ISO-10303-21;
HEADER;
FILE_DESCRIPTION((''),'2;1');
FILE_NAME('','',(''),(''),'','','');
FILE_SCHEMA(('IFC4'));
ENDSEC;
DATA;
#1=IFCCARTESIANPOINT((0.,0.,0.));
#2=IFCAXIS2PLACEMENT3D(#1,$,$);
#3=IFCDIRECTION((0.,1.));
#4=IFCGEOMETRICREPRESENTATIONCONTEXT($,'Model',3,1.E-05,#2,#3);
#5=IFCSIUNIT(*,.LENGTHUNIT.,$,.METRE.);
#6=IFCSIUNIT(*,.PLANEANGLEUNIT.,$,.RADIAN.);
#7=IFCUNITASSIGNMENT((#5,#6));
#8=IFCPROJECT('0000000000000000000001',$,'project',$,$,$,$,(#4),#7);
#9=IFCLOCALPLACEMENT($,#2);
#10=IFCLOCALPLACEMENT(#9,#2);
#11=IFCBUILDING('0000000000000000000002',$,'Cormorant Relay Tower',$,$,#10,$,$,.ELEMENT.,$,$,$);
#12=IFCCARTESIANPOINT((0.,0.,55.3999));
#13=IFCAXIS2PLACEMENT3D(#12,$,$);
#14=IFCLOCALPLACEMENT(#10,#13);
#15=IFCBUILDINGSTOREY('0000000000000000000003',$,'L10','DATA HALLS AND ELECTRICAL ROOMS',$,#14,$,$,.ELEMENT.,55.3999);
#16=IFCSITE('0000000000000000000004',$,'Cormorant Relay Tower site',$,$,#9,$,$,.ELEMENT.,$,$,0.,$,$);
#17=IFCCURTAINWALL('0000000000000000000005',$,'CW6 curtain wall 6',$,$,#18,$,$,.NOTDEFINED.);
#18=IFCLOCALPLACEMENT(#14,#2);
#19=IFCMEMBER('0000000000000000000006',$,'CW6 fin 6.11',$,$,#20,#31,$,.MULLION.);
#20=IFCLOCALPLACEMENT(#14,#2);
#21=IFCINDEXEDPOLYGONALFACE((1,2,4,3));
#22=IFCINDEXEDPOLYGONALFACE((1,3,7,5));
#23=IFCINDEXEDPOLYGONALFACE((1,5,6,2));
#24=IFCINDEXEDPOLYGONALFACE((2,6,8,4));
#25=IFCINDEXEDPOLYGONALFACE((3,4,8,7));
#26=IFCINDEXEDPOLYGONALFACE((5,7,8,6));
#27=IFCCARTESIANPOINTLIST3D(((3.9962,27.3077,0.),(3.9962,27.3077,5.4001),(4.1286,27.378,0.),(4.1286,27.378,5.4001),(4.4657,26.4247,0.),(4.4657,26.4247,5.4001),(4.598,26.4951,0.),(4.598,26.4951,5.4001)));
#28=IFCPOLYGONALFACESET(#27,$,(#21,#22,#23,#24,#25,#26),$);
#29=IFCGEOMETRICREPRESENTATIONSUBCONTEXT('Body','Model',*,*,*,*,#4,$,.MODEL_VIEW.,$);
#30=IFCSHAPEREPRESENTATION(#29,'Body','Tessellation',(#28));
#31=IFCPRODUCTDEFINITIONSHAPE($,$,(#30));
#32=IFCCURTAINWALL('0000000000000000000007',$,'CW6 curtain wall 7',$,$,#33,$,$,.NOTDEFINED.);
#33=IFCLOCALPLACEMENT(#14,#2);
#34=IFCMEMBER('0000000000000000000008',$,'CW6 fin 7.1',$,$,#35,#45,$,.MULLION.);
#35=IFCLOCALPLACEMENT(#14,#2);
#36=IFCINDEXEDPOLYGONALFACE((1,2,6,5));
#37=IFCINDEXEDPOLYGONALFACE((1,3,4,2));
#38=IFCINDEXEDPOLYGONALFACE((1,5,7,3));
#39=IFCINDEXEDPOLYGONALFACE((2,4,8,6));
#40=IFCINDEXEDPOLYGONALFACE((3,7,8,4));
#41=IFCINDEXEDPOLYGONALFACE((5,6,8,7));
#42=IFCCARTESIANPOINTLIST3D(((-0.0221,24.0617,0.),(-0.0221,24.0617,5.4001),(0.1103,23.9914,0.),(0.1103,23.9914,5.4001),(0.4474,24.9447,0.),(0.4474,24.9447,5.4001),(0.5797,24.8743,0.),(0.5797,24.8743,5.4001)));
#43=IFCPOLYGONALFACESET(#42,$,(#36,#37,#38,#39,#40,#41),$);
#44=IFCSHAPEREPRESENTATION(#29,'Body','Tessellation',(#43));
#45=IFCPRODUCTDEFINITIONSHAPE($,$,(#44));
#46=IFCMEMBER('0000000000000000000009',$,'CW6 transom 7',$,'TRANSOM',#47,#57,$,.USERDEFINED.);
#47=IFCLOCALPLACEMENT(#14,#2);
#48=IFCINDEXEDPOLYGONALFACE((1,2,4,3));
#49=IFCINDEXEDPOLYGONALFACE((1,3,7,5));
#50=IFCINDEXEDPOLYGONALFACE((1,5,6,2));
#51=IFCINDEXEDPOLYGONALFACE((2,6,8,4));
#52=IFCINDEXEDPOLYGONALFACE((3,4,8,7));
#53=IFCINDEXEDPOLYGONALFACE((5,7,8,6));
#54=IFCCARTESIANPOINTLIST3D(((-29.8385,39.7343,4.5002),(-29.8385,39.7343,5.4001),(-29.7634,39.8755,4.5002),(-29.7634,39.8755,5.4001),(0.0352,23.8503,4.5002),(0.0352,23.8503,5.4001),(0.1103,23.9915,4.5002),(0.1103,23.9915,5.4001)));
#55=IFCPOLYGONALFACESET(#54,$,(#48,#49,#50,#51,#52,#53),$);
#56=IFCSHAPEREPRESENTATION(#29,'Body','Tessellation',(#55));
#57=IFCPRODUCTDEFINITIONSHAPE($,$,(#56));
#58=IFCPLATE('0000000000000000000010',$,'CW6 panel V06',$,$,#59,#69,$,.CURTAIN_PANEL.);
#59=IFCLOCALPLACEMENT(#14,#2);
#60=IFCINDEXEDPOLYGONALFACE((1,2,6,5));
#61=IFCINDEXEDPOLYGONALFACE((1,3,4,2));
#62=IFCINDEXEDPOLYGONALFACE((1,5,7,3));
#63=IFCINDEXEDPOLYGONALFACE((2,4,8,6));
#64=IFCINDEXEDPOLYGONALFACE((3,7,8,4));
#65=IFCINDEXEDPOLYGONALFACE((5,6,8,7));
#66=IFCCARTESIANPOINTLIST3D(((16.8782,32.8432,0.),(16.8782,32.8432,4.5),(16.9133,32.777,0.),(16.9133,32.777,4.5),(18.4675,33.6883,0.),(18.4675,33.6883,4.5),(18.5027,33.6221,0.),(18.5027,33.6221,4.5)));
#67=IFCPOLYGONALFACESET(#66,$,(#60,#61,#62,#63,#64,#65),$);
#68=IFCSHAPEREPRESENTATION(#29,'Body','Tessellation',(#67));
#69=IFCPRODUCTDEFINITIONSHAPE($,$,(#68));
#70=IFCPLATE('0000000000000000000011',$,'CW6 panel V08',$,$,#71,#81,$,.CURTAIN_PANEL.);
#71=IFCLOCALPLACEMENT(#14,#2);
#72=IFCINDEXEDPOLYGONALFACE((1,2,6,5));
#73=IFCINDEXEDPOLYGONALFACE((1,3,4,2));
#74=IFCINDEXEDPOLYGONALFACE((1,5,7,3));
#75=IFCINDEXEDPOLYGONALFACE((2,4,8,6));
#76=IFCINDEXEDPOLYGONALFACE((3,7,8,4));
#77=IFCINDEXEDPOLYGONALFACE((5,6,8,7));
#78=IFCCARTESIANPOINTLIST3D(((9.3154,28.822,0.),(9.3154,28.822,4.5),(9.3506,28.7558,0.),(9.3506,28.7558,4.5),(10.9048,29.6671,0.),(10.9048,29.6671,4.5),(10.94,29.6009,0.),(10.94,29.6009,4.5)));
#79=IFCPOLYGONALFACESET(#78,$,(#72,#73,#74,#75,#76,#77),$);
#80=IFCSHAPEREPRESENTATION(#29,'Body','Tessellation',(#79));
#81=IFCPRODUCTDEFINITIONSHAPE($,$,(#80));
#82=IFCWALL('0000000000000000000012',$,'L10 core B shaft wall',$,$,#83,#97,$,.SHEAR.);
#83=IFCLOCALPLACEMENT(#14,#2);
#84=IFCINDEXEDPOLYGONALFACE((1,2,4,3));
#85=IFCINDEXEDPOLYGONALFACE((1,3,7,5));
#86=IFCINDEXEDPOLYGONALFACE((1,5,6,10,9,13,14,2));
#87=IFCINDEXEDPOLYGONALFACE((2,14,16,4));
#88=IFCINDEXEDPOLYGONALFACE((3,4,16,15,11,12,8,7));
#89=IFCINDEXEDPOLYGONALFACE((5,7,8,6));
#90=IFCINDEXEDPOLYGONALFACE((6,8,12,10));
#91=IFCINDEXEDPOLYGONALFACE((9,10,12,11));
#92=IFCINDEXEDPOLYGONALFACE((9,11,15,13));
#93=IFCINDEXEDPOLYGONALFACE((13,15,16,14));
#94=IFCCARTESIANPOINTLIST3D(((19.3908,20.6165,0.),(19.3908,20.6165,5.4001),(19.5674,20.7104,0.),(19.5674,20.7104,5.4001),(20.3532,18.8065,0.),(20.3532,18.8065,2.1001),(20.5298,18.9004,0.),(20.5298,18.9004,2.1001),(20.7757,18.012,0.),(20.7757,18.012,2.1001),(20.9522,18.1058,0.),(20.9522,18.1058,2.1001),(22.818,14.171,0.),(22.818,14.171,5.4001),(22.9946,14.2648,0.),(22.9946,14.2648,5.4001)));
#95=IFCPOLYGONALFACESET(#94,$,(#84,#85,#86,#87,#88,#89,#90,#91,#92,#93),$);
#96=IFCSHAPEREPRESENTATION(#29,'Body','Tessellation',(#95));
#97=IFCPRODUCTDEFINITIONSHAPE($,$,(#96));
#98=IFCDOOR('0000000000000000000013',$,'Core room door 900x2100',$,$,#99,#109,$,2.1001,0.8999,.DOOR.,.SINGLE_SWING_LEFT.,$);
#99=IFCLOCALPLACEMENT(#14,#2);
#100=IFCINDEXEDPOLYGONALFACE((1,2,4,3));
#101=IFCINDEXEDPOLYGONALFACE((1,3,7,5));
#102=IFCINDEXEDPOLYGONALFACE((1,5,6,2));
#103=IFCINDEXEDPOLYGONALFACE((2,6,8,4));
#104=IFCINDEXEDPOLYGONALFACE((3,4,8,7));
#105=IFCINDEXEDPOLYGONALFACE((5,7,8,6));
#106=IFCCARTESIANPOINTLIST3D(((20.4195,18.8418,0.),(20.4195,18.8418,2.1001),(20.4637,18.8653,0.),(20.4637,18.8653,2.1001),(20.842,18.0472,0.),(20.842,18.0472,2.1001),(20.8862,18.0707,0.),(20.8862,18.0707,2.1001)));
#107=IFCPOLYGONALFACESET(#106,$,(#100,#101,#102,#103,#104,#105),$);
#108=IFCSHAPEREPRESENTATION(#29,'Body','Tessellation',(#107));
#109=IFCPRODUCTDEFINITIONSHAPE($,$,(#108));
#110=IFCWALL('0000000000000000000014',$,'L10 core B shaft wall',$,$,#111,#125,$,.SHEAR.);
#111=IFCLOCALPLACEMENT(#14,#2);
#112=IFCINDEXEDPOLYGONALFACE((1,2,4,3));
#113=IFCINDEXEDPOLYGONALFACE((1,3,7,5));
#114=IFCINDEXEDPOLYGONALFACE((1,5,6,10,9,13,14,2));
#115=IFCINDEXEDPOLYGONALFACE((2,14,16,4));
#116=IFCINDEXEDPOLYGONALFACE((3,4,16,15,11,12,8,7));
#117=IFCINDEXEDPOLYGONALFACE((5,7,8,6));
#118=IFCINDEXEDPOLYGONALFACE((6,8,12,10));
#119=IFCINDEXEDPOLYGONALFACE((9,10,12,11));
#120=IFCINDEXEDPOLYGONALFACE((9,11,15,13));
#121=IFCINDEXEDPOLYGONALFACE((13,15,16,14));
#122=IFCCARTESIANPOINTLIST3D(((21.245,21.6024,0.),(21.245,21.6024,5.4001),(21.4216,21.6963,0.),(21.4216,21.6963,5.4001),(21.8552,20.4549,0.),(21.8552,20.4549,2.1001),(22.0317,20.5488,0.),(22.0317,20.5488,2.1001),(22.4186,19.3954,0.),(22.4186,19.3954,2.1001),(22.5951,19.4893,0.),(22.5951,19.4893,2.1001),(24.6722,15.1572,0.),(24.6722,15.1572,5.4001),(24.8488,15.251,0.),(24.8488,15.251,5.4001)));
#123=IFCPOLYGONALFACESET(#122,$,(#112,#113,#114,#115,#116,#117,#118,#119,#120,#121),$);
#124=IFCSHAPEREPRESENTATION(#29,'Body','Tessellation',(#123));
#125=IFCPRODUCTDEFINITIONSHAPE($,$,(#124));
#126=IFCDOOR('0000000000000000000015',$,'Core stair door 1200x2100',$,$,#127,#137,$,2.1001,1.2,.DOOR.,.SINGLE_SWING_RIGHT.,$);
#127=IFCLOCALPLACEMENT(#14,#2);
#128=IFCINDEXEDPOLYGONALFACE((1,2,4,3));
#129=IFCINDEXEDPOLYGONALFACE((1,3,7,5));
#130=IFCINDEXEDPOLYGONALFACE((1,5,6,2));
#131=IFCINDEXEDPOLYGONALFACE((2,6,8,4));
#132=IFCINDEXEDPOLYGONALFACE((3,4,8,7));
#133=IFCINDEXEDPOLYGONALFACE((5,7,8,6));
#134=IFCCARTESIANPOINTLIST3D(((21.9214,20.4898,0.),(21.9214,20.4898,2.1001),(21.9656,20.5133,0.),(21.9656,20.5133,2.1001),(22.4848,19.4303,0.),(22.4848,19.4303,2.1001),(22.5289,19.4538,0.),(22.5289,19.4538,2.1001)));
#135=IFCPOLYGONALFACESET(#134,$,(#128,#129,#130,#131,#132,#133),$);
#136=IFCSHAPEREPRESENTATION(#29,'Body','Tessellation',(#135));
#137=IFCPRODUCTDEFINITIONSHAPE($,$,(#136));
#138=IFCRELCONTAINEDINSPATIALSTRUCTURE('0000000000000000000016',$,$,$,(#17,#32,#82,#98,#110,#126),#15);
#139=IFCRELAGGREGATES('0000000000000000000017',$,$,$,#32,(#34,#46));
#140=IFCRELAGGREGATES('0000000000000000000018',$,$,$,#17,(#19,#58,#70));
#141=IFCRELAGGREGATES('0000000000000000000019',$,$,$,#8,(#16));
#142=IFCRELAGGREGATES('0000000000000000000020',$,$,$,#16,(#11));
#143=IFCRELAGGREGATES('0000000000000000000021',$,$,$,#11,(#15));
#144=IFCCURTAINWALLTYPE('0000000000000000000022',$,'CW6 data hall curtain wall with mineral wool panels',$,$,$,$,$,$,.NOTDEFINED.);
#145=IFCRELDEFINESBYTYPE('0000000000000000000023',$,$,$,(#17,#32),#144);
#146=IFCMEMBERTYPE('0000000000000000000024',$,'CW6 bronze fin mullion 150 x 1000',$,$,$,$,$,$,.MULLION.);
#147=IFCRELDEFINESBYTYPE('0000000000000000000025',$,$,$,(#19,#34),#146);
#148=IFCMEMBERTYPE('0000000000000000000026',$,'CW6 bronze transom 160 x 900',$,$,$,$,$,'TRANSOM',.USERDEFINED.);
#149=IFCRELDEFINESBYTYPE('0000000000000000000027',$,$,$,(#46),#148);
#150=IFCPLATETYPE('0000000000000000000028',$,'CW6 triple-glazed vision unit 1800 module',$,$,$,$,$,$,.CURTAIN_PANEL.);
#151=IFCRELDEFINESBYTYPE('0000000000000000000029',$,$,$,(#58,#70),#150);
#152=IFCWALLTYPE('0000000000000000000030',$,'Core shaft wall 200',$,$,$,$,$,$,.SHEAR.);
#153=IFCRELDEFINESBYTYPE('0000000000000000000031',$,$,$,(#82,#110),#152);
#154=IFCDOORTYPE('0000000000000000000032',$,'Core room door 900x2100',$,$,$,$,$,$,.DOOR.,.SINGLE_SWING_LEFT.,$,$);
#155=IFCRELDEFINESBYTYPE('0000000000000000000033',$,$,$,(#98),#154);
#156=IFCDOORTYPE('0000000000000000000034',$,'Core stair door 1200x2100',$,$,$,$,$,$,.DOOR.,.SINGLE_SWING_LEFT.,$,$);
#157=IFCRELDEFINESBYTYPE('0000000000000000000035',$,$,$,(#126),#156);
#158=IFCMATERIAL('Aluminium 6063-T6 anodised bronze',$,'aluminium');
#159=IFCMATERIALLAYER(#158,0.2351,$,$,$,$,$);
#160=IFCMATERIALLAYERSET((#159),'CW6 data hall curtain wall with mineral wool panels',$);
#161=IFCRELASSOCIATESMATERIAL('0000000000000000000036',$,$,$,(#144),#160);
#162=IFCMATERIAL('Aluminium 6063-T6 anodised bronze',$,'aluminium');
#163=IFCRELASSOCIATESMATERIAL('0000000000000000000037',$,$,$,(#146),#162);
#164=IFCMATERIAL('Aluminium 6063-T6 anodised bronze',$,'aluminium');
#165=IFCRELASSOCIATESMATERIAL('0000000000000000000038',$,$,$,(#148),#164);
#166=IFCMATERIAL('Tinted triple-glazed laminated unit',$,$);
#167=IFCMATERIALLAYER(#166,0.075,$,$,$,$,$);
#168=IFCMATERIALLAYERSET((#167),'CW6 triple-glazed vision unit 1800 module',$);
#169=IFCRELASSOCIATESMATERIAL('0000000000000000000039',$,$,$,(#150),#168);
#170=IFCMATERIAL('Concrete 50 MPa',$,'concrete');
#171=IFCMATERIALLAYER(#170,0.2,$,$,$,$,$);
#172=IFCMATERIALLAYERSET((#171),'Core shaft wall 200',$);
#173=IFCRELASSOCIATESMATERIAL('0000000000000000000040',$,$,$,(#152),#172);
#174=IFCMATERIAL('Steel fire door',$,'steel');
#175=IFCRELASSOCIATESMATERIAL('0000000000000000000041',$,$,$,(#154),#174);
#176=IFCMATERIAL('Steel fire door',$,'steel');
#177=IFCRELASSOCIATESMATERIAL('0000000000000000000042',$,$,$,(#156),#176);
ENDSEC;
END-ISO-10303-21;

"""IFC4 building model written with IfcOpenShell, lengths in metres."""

from ifc_helpers import new_model, si_unit, direction, frame, frame_2d, origin, origin_2d, place, context, subcontext, project, spatial, rectangle, extrude, material, layer, layer_set, material_profile, profile_set, type_object, element, fill, aggregate, save


model = new_model("IFC4")

# Units and contexts
model_context = context("Model", 3, precision=1e-05, world=origin(), true_north=direction((0.0, 1.0)))
body_context = subcontext(model_context, "Body", "Model", "MODEL_VIEW")
ifc_project = project(units=[si_unit("LENGTHUNIT", "METRE"), si_unit("PLANEANGLEUNIT", "RADIAN")], contexts=[model_context])

# Site, building, storey
site_placement = place(None, origin())
site = spatial("IfcSite", under=ifc_project, at=site_placement, Name="Cormorant Relay Tower site", CompositionType="ELEMENT", RefElevation=0.0)
building_placement = place(site_placement, origin())
building = spatial("IfcBuilding", under=site, at=building_placement, Name="Cormorant Relay Tower", CompositionType="ELEMENT")
storey_placement = place(building_placement, frame((0.0, 0.0, 55.3999)))
storey = spatial("IfcBuildingStorey", under=building, at=storey_placement, Name="L10", Description="DATA HALLS AND ELECTRICAL ROOMS", CompositionType="ELEMENT", Elevation=55.3999)

# Curtain walls, members
ifc_material_1 = material(Name="Aluminium 6063-T6 anodised bronze", Category="aluminium")
ifc_layer_1 = layer(ifc_material_1, 0.2351)
ifc_layer_set_1 = layer_set([ifc_layer_1], Name="CW6 data hall curtain wall with mineral wool panels")
curtain_wall_type = type_object("IfcCurtainWallType", Name="CW6 data hall curtain wall with mineral wool panels", PredefinedType="NOTDEFINED", material=ifc_layer_set_1)
curtain_wall_1_placement = place(storey_placement, origin())
curtain_wall_1 = element("IfcCurtainWall", 1, at=curtain_wall_1_placement, inside=storey, type_object=curtain_wall_type, Name="CW6 curtain wall 6", PredefinedType="NOTDEFINED")
ifc_material_2 = material(Name="Aluminium 6063-T6 anodised bronze", Category="aluminium")
ifc_material_profile_1 = material_profile(ifc_material_2, rectangle(XDim=0.1499, YDim=1.0, at=origin_2d()), Name="AL 150x1000")
ifc_profile_set_1 = profile_set([ifc_material_profile_1], Name="Aluminium 6063-T6 anodised bronze")
member_type_1 = type_object("IfcMemberType", Name="CW6 bronze fin mullion 150 x 1000", PredefinedType="MULLION", material=ifc_profile_set_1)
member_1_placement = place(storey_placement, frame((4.2971, 26.9014, 0.0), z_axis=(0.0, 0.0, 1.0), x_axis=(-0.882948, -0.469472, 0.0)))
member_1 = element("IfcMember", 2, at=member_1_placement, type_object=member_type_1, Name="CW6 fin 6.11", PredefinedType="MULLION", context=body_context, shape_type="SweptSolid", body=[
    extrude(rectangle(XDim=0.1499, YDim=1.0, at=origin_2d()), origin(), (0.0, 0.0, 1.0), 5.4001),
])
curtain_wall_2_placement = place(storey_placement, origin())
curtain_wall_2 = element("IfcCurtainWall", 3, at=curtain_wall_2_placement, inside=storey, type_object=curtain_wall_type, Name="CW6 curtain wall 7", PredefinedType="NOTDEFINED")
member_2_placement = place(storey_placement, frame((0.2788, 24.468, 0.0), z_axis=(0.0, 0.0, 1.0), x_axis=(-0.882948, 0.469472, 0.0)))
member_2 = element("IfcMember", 4, at=member_2_placement, type_object=member_type_1, Name="CW6 fin 7.1", PredefinedType="MULLION", context=body_context, shape_type="SweptSolid", body=[
    extrude(rectangle(XDim=0.1499, YDim=1.0, at=origin_2d()), origin(), (0.0, 0.0, 1.0), 5.4001),
])
ifc_material_3 = material(Name="Aluminium 6063-T6 anodised bronze", Category="aluminium")
ifc_material_profile_2 = material_profile(ifc_material_3, rectangle(XDim=0.1599, YDim=0.8999, at=origin_2d()), Name="AL 160x900")
ifc_profile_set_2 = profile_set([ifc_material_profile_2], Name="Aluminium 6063-T6 anodised bronze")
member_type_2 = type_object("IfcMemberType", Name="CW6 bronze transom 160 x 900", ElementType="TRANSOM", PredefinedType="USERDEFINED", material=ifc_profile_set_2)
member_3_placement = place(storey_placement, frame((0.0728, 23.9209, 4.9502), z_axis=(-0.882949, 0.469468, 0.0), x_axis=(-0.469468, -0.882949, 0.0)))
member_3 = element("IfcMember", 5, at=member_3_placement, type_object=member_type_2, Name="CW6 transom 7", ObjectType="TRANSOM", PredefinedType="USERDEFINED", context=body_context, shape_type="SweptSolid", body=[
    extrude(rectangle(XDim=0.1599, YDim=0.8999, at=origin_2d()), origin(), (0.0, 0.0, 1.0), 33.834),
])
aggregate(curtain_wall_2, [member_2, member_3])

# Plates
ifc_material_4 = material(Name="Tinted triple-glazed laminated unit")
ifc_layer_2 = layer(ifc_material_4, 0.075)
ifc_layer_set_2 = layer_set([ifc_layer_2], Name="CW6 triple-glazed vision unit 1800 module")
plate_type = type_object("IfcPlateType", Name="CW6 triple-glazed vision unit 1800 module", PredefinedType="CURTAIN_PANEL", material=ifc_layer_set_2)
plate_1_placement = place(storey_placement, frame((17.6904, 33.2327, 0.0), z_axis=(0.0, 0.0, 1.0), x_axis=(-0.882948, -0.469472, 0.0)))
plate_1 = element("IfcPlate", 6, at=plate_1_placement, type_object=plate_type, Name="CW6 panel V06", PredefinedType="CURTAIN_PANEL", context=body_context, shape_type="SweptSolid", body=[
    extrude(rectangle(XDim=1.8, YDim=0.075, at=origin_2d()), origin(), (0.0, 0.0, 1.0), 4.5),
])
plate_2_placement = place(storey_placement, frame((10.1277, 29.2114, 0.0), z_axis=(0.0, 0.0, 1.0), x_axis=(-0.882948, -0.469472, 0.0)))
plate_2 = element("IfcPlate", 7, at=plate_2_placement, type_object=plate_type, Name="CW6 panel V08", PredefinedType="CURTAIN_PANEL", context=body_context, shape_type="SweptSolid", body=[
    extrude(rectangle(XDim=1.8, YDim=0.075, at=origin_2d()), origin(), (0.0, 0.0, 1.0), 4.5),
])

# Walls, openings, doors
ifc_material_5 = material(Name="Concrete 50 MPa", Category="concrete")
ifc_layer_3 = layer(ifc_material_5, 0.2)
ifc_layer_set_3 = layer_set([ifc_layer_3], Name="Core shaft wall 200")
wall_type_1 = type_object("IfcWallType", Name="Core shaft wall 200", PredefinedType="SHEAR", material=ifc_layer_set_3)
wall_1_placement = place(storey_placement, frame((22.9062, 14.218, 0.0), z_axis=(0.0, 0.0, 1.0), x_axis=(-0.46948, 0.882943, 0.0)))
wall_1 = element("IfcWall", 8, at=wall_1_placement, inside=storey, type_object=wall_type_1, Name="L10 core B shaft wall", PredefinedType="SHEAR", context=body_context, shape_type="SweptSolid", body=[
    extrude(rectangle(XDim=7.3, YDim=0.2, at=frame_2d((3.6499, 0.0))), origin(), (0.0, 0.0, 1.0), 5.4001),
])
opening_1_placement = place(wall_1_placement, frame((4.3501, 0.0, 0.0)))
opening_1 = element("IfcOpeningElement", 9, at=opening_1_placement, cuts=wall_1, PredefinedType="OPENING", context=body_context, shape_type="SweptSolid", body=[
    extrude(rectangle(XDim=0.8999, YDim=2.1001, at=frame_2d((0.45, 1.05))), frame((0.0, 0.1099, 0.0), z_axis=(0.0, -1.0, 0.0), x_axis=(1.0, 0.0, 0.0)), (0.0, 0.0, 1.0), 0.22),
])
ifc_material_6 = material(Name="Steel fire door", Category="steel")
door_type_1 = type_object("IfcDoorType", Name="Core room door 900x2100", OperationType="SINGLE_SWING_LEFT", PredefinedType="DOOR", material=ifc_material_6)
door_1_placement = place(opening_1_placement, origin())
door_1 = element("IfcDoor", 10, at=door_1_placement, inside=storey, type_object=door_type_1, Name="Core room door 900x2100", OperationType="SINGLE_SWING_LEFT", OverallHeight=2.1001, OverallWidth=0.8999, PredefinedType="DOOR", context=body_context, shape_type="SweptSolid", body=[
    extrude(rectangle(XDim=0.8999, YDim=2.1001, at=frame_2d((0.45, 1.05))), frame((0.0, 0.0249, 0.0), z_axis=(0.0, -1.0, 0.0), x_axis=(1.0, 0.0, 0.0)), (0.0, 0.0, 1.0), 0.05),
])
fill(opening_1, door_1)
wall_2_placement = place(storey_placement, frame((24.7605, 15.2041, 0.0), z_axis=(0.0, 0.0, 1.0), x_axis=(-0.469494, 0.882936, 0.0)))
wall_2 = element("IfcWall", 11, at=wall_2_placement, inside=storey, type_object=wall_type_1, Name="L10 core B shaft wall", PredefinedType="SHEAR", context=body_context, shape_type="SweptSolid", body=[
    extrude(rectangle(XDim=7.2998, YDim=0.2, at=frame_2d((3.6499, 0.0))), origin(), (0.0, 0.0, 1.0), 5.4001),
])
opening_2_placement = place(wall_2_placement, frame((4.8, 0.0, 0.0)))
opening_2 = element("IfcOpeningElement", 12, at=opening_2_placement, cuts=wall_2, PredefinedType="OPENING", context=body_context, shape_type="SweptSolid", body=[
    extrude(rectangle(XDim=1.2, YDim=2.1001, at=frame_2d((0.6001, 1.05))), frame((0.0, 0.1099, 0.0), z_axis=(0.0, -1.0, 0.0), x_axis=(1.0, 0.0, 0.0)), (0.0, 0.0, 1.0), 0.22),
])
ifc_material_7 = material(Name="Steel fire door", Category="steel")
door_type_2 = type_object("IfcDoorType", Name="Core stair door 1200x2100", OperationType="SINGLE_SWING_LEFT", PredefinedType="DOOR", material=ifc_material_7)
door_2_placement = place(opening_2_placement, frame((1.2, 0.0, 0.0), z_axis=(0.0, 0.0, 1.0), x_axis=(-1.0, 0.0, 0.0)))
door_2 = element("IfcDoor", 13, at=door_2_placement, inside=storey, type_object=door_type_2, Name="Core stair door 1200x2100", OperationType="SINGLE_SWING_RIGHT", OverallHeight=2.1001, OverallWidth=1.2, PredefinedType="DOOR", context=body_context, shape_type="SweptSolid", body=[
    extrude(rectangle(XDim=1.2, YDim=2.1001, at=frame_2d((0.6001, 1.05))), frame((0.0, 0.0249, 0.0), z_axis=(0.0, -1.0, 0.0), x_axis=(1.0, 0.0, 0.0)), (0.0, 0.0, 1.0), 0.05),
])
fill(opening_2, door_2)

aggregate(curtain_wall_1, [member_1, plate_1, plate_2])

save(model, "model.ifc")
